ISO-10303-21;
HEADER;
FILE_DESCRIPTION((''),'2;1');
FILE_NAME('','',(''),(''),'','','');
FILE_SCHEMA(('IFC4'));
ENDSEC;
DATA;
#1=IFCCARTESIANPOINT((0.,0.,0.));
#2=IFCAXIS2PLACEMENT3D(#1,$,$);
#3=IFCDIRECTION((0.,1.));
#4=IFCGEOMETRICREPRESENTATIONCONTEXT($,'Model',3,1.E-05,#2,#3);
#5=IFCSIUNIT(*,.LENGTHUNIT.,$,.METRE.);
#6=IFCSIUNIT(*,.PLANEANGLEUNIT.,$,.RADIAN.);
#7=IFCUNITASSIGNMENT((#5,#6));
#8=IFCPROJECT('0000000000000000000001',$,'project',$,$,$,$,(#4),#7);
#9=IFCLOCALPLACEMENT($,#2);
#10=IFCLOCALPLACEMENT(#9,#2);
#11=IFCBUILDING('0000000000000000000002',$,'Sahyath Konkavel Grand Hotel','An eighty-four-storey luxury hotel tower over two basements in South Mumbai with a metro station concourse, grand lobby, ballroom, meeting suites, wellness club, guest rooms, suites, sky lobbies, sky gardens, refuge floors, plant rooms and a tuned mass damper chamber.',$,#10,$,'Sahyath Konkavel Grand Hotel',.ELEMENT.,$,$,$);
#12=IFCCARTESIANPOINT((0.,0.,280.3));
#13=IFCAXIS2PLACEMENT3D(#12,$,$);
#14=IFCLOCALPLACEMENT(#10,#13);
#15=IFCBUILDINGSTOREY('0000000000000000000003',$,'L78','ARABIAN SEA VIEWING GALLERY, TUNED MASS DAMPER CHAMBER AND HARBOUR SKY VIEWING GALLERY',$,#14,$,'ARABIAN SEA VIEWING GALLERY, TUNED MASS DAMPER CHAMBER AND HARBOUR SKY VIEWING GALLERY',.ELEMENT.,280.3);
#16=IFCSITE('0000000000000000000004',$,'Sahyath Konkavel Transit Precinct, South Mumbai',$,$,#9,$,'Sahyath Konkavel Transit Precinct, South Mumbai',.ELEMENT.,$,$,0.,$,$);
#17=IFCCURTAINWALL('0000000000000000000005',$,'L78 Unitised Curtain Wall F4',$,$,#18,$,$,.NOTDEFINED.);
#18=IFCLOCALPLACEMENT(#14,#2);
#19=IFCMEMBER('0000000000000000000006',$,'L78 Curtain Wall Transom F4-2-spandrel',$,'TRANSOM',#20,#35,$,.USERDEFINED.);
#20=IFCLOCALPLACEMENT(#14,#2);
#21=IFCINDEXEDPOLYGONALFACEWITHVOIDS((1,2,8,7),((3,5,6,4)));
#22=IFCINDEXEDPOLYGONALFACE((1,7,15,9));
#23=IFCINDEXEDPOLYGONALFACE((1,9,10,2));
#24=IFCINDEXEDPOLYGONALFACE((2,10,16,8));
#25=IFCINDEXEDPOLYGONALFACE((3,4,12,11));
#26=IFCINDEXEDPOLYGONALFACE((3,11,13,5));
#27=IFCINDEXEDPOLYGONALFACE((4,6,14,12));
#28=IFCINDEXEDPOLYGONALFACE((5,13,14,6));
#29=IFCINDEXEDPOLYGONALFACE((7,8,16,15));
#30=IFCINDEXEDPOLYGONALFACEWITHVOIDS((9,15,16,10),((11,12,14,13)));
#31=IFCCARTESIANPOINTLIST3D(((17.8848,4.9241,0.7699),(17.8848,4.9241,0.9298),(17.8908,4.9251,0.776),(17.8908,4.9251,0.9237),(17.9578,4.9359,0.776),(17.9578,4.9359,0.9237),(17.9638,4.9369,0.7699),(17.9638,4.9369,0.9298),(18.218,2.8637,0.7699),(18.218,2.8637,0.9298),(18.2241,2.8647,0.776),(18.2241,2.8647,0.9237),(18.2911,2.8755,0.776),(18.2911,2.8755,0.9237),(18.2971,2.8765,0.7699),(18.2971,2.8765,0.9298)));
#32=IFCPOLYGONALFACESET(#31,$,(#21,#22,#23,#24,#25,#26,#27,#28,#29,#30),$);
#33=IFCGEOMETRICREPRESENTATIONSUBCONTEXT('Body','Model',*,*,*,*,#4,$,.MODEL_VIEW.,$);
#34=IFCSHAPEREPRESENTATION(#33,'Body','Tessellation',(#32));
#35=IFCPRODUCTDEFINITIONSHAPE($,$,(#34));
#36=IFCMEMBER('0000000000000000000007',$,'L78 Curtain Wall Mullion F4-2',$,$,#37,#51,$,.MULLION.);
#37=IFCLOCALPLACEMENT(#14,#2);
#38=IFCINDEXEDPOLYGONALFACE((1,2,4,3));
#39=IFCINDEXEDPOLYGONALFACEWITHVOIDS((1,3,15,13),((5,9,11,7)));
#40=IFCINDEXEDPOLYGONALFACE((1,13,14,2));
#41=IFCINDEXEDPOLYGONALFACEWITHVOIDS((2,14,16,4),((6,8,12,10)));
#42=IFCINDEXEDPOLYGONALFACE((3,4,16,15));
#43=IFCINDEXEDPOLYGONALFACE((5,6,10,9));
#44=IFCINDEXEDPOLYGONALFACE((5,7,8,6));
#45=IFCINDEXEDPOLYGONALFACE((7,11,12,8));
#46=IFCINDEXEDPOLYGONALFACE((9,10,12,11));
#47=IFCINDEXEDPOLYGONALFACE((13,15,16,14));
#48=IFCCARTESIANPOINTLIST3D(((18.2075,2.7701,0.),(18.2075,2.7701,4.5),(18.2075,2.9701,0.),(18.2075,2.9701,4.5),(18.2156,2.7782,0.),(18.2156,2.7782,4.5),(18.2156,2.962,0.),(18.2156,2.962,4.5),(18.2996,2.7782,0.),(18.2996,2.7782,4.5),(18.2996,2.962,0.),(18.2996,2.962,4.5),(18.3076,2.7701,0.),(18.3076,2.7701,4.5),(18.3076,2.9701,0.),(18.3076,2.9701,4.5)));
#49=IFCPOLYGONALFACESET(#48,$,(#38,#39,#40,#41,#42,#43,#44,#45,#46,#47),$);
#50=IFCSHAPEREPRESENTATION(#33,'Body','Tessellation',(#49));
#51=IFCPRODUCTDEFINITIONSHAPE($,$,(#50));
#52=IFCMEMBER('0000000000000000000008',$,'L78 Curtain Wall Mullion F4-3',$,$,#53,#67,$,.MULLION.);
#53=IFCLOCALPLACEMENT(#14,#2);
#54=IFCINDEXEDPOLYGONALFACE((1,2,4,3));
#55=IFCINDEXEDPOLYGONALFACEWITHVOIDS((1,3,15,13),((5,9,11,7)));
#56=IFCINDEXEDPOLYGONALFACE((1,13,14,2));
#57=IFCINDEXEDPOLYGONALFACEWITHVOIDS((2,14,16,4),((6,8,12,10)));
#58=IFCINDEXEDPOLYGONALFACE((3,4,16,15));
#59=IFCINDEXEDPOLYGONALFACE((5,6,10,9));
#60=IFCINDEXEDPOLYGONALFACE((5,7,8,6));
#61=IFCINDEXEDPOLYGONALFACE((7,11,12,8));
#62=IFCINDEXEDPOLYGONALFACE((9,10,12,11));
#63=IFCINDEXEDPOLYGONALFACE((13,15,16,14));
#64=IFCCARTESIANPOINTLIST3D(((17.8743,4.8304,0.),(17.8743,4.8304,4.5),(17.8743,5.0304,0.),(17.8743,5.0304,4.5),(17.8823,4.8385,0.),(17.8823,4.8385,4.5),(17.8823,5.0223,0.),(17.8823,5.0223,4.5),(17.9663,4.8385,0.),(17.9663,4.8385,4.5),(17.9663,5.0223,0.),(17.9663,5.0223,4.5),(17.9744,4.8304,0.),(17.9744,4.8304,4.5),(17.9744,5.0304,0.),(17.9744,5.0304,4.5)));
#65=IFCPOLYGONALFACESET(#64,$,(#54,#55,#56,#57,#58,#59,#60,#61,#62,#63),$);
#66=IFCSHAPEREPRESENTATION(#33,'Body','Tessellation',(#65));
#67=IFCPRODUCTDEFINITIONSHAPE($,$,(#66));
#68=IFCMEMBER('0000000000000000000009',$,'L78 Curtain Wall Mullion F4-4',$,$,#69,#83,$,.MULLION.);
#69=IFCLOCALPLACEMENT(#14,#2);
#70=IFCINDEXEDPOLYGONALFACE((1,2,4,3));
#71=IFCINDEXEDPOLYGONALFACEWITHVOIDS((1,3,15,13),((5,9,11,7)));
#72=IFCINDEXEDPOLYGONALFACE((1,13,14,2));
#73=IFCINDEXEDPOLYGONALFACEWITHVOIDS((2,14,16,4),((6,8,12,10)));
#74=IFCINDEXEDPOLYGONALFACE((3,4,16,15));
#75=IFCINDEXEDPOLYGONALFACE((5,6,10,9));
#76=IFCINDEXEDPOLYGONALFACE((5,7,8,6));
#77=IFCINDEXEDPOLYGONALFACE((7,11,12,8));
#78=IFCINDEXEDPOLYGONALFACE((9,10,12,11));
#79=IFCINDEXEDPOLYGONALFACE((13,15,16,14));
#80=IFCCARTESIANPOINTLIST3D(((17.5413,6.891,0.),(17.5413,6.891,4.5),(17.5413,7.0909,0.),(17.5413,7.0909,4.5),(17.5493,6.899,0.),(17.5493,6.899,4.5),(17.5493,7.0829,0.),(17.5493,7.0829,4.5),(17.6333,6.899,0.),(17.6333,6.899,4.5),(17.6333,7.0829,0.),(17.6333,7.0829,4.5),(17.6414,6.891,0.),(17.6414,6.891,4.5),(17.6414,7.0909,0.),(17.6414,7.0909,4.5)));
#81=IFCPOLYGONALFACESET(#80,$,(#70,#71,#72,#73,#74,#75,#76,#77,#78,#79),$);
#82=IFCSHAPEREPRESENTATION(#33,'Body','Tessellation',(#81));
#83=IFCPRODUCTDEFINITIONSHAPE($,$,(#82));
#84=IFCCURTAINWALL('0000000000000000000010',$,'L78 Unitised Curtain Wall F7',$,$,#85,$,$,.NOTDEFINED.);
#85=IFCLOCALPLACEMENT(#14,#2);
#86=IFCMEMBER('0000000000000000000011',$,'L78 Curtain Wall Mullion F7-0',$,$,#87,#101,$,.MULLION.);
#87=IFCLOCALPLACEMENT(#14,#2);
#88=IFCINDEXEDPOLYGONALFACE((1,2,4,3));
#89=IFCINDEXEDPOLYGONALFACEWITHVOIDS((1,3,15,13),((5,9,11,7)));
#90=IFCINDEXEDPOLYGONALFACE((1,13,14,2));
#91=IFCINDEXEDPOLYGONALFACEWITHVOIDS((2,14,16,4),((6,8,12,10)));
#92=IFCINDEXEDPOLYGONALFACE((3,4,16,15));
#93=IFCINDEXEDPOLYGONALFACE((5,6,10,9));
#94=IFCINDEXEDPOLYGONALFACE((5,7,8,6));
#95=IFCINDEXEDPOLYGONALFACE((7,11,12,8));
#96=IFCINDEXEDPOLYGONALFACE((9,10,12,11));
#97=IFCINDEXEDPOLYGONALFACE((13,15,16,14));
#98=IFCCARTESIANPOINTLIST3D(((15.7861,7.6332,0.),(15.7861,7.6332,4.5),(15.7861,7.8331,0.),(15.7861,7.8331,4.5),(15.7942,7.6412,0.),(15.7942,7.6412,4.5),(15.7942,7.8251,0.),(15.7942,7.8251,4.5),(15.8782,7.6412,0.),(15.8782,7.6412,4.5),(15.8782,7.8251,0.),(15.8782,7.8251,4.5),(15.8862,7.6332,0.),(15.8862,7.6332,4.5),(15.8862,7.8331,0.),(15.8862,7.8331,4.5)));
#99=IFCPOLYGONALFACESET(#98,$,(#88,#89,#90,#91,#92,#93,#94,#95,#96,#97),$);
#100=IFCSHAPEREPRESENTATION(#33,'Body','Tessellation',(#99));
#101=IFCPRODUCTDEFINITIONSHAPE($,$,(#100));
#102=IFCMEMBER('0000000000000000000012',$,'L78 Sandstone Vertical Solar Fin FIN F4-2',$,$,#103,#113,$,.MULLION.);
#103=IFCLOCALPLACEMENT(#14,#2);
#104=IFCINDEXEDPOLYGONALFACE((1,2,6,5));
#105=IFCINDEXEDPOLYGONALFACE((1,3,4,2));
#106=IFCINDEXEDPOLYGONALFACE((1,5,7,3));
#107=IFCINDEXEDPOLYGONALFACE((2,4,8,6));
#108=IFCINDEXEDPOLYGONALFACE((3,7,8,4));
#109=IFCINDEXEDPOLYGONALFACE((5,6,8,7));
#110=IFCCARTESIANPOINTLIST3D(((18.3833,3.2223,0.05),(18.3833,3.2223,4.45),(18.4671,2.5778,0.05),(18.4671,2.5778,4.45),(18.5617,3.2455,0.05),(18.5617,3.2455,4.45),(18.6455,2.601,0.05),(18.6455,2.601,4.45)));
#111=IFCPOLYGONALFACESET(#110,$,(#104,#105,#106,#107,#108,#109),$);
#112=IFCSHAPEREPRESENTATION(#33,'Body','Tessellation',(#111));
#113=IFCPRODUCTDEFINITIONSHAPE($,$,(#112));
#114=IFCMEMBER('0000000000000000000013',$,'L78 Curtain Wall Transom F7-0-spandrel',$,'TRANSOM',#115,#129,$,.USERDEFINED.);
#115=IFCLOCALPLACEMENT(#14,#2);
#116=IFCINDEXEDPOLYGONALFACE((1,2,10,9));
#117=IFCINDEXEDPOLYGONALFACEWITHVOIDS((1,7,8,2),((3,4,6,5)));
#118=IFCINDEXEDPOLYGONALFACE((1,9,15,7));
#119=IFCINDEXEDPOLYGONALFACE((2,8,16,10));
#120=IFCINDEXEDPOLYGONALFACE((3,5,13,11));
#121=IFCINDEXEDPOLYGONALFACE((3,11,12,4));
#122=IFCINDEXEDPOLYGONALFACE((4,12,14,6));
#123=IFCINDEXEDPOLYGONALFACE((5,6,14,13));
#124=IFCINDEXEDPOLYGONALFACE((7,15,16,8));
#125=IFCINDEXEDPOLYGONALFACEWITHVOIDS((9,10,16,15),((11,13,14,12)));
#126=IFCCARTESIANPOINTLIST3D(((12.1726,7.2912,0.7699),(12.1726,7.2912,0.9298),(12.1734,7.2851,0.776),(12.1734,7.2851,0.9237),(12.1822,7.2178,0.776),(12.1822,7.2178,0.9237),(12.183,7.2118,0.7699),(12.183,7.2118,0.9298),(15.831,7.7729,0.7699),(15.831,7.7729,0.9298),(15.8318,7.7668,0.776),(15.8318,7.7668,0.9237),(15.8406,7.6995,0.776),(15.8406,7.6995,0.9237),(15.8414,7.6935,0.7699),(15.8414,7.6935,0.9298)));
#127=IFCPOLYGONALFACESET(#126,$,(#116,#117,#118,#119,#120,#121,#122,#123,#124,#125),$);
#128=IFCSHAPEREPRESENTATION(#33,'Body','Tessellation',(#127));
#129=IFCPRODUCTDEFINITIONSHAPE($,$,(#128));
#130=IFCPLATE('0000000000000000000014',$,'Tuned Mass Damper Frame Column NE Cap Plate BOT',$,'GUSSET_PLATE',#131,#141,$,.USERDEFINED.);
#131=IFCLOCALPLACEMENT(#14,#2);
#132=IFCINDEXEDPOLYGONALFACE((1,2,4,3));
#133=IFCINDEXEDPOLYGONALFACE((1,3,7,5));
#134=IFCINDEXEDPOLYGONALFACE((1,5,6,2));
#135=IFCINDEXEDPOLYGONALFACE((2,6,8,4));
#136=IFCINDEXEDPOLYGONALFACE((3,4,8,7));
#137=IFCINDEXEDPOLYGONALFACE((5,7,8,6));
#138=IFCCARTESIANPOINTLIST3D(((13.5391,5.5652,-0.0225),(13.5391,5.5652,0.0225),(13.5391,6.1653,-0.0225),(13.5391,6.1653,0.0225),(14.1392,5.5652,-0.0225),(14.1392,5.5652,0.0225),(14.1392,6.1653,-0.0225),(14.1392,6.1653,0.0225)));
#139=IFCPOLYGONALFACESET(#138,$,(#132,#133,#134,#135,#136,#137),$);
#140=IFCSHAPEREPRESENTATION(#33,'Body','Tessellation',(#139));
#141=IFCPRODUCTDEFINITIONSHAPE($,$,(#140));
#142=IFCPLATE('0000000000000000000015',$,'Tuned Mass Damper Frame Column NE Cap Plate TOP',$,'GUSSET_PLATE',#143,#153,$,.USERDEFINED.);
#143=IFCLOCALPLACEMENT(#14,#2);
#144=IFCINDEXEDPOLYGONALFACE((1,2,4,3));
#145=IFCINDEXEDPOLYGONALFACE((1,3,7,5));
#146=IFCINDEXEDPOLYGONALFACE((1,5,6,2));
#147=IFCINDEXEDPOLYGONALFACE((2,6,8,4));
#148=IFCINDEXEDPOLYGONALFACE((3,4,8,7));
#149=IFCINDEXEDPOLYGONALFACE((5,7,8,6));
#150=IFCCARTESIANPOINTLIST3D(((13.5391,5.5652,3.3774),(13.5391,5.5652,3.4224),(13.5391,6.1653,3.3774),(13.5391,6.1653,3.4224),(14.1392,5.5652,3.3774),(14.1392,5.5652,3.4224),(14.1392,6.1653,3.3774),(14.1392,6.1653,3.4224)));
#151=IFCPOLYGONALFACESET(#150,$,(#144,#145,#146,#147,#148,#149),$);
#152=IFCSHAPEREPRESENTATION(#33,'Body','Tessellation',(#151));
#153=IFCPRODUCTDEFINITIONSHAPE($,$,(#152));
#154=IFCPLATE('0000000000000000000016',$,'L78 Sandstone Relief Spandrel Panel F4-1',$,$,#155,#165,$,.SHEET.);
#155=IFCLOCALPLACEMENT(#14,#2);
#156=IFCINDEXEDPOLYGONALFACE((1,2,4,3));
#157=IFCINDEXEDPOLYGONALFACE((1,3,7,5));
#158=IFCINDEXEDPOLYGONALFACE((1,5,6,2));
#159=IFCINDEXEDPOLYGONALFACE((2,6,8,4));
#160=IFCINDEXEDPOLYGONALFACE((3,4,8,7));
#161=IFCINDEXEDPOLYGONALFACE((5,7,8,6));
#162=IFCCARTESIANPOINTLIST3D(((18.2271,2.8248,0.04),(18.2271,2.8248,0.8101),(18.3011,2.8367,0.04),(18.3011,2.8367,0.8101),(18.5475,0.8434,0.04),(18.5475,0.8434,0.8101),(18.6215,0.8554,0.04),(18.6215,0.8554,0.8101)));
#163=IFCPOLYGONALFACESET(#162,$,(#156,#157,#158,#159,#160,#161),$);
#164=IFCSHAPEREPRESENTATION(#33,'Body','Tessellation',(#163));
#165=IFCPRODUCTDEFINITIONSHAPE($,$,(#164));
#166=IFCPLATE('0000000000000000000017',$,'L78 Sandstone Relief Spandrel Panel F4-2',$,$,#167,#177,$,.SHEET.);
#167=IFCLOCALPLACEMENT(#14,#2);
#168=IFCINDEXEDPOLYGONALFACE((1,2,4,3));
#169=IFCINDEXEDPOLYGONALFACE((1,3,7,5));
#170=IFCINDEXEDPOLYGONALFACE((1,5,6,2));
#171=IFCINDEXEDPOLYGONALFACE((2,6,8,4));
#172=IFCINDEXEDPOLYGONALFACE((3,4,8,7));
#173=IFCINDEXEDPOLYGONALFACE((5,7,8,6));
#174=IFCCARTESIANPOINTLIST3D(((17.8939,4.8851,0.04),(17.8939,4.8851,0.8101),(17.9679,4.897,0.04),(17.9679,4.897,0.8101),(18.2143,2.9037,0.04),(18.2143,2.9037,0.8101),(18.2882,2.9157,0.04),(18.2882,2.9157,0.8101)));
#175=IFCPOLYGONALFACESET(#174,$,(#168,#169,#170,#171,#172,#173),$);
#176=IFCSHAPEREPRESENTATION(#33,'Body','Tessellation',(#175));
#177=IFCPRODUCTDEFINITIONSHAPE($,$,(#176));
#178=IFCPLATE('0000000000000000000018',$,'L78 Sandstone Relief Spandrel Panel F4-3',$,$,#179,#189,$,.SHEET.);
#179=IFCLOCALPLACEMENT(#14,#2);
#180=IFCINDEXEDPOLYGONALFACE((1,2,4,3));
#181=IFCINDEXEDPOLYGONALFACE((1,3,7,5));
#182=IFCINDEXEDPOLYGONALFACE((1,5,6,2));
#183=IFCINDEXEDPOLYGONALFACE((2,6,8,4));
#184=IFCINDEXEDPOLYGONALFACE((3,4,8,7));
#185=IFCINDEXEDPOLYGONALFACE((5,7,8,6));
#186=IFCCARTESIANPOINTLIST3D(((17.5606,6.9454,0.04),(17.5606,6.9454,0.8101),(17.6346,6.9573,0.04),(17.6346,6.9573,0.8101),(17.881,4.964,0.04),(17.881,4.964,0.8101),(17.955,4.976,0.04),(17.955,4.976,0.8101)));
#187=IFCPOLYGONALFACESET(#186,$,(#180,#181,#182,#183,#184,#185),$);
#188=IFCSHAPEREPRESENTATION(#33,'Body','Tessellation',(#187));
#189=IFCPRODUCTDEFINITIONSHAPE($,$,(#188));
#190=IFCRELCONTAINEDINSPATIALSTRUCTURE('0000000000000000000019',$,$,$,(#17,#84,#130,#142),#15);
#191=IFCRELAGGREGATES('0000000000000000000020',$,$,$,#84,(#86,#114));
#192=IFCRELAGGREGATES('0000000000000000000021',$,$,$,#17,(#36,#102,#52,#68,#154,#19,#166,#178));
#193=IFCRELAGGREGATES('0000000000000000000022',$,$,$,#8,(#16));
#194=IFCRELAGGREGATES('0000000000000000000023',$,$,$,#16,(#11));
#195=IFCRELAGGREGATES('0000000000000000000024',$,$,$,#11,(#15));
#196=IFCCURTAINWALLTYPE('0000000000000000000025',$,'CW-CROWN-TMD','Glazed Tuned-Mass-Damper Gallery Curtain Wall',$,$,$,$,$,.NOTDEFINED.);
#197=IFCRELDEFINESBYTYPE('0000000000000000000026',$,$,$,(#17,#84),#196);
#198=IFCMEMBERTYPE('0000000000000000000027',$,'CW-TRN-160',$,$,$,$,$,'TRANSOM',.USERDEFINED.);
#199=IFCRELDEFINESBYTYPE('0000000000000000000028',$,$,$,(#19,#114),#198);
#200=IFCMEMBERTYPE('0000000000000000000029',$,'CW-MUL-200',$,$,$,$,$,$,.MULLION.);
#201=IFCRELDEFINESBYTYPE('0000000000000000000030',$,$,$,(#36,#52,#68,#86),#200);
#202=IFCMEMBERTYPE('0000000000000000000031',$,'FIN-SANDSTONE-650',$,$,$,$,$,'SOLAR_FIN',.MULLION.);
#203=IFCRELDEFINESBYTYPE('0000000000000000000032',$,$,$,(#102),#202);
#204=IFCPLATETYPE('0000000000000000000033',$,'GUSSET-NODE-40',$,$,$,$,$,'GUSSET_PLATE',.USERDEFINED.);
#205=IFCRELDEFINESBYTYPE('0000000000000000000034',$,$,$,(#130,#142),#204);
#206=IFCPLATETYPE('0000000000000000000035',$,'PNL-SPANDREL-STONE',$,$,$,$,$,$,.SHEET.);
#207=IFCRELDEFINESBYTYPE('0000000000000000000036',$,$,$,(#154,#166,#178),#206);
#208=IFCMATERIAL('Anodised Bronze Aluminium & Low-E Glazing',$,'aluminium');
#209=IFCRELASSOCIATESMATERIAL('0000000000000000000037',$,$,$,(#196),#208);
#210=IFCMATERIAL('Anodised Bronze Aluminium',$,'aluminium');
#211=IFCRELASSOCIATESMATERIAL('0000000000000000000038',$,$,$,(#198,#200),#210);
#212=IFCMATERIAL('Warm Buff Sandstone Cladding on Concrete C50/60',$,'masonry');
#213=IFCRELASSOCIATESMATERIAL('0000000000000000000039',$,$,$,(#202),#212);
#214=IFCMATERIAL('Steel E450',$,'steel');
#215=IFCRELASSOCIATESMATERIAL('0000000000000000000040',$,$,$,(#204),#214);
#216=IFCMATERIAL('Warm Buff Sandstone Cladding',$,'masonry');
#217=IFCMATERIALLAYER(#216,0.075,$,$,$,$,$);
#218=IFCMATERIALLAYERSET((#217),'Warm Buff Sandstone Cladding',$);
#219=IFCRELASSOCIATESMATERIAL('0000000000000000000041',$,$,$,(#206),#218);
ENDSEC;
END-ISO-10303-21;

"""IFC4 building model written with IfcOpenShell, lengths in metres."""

from ifc_helpers import new_model, si_unit, direction, frame, origin, origin_2d, place, context, subcontext, project, spatial, rectangle, hollow_rectangle, extrude, source, transform, mapped, material, layer, layer_set, material_profile, profile_set, type_object, element, aggregate, save


model = new_model("IFC4")

# Units and contexts
model_context = context("Model", 3, precision=1e-05, world=origin(), true_north=direction((0.0, 1.0)))
body_context = subcontext(model_context, "Body", "Model", "MODEL_VIEW")
ifc_project = project(units=[si_unit("LENGTHUNIT", "METRE"), si_unit("PLANEANGLEUNIT", "RADIAN")], contexts=[model_context])

# Site, building, storey
site_placement = place(None, origin())
site = spatial("IfcSite", under=ifc_project, at=site_placement, Name="Sahyath Konkavel Transit Precinct, South Mumbai", LongName="Sahyath Konkavel Transit Precinct, South Mumbai", CompositionType="ELEMENT", RefElevation=0.0)
building_placement = place(site_placement, origin())
building = spatial("IfcBuilding", under=site, at=building_placement, Name="Sahyath Konkavel Grand Hotel", Description="An eighty-four-storey luxury hotel tower over two basements in South Mumbai with a metro station concourse, grand lobby, ballroom, meeting suites, wellness club, guest rooms, suites, sky lobbies, sky gardens, refuge floors, plant rooms and a tuned mass damper chamber.", LongName="Sahyath Konkavel Grand Hotel", CompositionType="ELEMENT")
storey_placement = place(building_placement, frame((0.0, 0.0, 280.3)))
storey = spatial("IfcBuildingStorey", under=building, at=storey_placement, Name="L78", Description="ARABIAN SEA VIEWING GALLERY, TUNED MASS DAMPER CHAMBER AND HARBOUR SKY VIEWING GALLERY", LongName="ARABIAN SEA VIEWING GALLERY, TUNED MASS DAMPER CHAMBER AND HARBOUR SKY VIEWING GALLERY", CompositionType="ELEMENT", Elevation=280.3)

# Curtain wall, members
ifc_material_1 = material(Name="Anodised Bronze Aluminium & Low-E Glazing", Category="aluminium")
curtain_wall_type = type_object("IfcCurtainWallType", Name="CW-CROWN-TMD", Description="Glazed Tuned-Mass-Damper Gallery Curtain Wall", PredefinedType="NOTDEFINED", material=ifc_material_1)
curtain_wall_1_placement = place(storey_placement, origin())
curtain_wall_1 = element("IfcCurtainWall", 1, at=curtain_wall_1_placement, inside=storey, type_object=curtain_wall_type, Name="L78 Unitised Curtain Wall F4", PredefinedType="NOTDEFINED")
ifc_material_2 = material(Name="Anodised Bronze Aluminium", Category="aluminium")
ifc_material_profile_1 = material_profile(ifc_material_2, hollow_rectangle(XDim=0.0801, YDim=0.1599, WallThickness=0.0061, at=origin_2d()), Name="RHS 160x80x6")
ifc_profile_set_1 = profile_set([ifc_material_profile_1], Name="Anodised Bronze Aluminium")
member_type_1 = type_object("IfcMemberType", Name="CW-TRN-160", ElementType="TRANSOM", PredefinedType="USERDEFINED", material=ifc_profile_set_1)
shared_shape_1 = source(origin(), body_context, "Body", "SweptSolid", [
    extrude(hollow_rectangle(XDim=0.0801, YDim=0.1599, WallThickness=0.0061, at=origin_2d()), origin(), (0.0, 0.0, 1.0), 2.0872),
])
member_1_placement = place(storey_placement, frame((18.2576, 2.8701, 0.8499), z_axis=(-0.159674, 0.98717, 0.0), x_axis=(-0.98717, -0.159674, 0.0)))
member_1 = element("IfcMember", 2, at=member_1_placement, type_object=member_type_1, Name="L78 Curtain Wall Transom F4-2-spandrel", ObjectType="TRANSOM", PredefinedType="USERDEFINED", context=body_context, shape_type="MappedRepresentation", body=[
    mapped(shared_shape_1, transform((0.0, 0.0, 0.0), scale=1.0)),
])
ifc_material_profile_2 = material_profile(ifc_material_2, hollow_rectangle(XDim=0.1001, YDim=0.2, WallThickness=0.0081, at=origin_2d()), Name="RHS 200x100x8")
ifc_profile_set_2 = profile_set([ifc_material_profile_2], Name="Anodised Bronze Aluminium")
member_type_2 = type_object("IfcMemberType", Name="CW-MUL-200", PredefinedType="MULLION", material=ifc_profile_set_2)
shared_shape_2 = source(origin(), body_context, "Body", "SweptSolid", [
    extrude(hollow_rectangle(XDim=0.1001, YDim=0.2, WallThickness=0.0081, at=origin_2d()), origin(), (0.0, 0.0, 1.0), 4.5),
])
member_2_placement = place(storey_placement, frame((18.2576, 2.8701, 0.0), z_axis=(0.0, 0.0, 1.0), x_axis=(1.0, 0.0, 0.0)))
member_2 = element("IfcMember", 3, at=member_2_placement, type_object=member_type_2, Name="L78 Curtain Wall Mullion F4-2", PredefinedType="MULLION", context=body_context, shape_type="MappedRepresentation", body=[
    mapped(shared_shape_2, transform((0.0, 0.0, 0.0), scale=1.0)),
])
member_3_placement = place(storey_placement, frame((17.9243, 4.9304, 0.0), z_axis=(0.0, 0.0, 1.0), x_axis=(1.0, 0.0, 0.0)))
member_3 = element("IfcMember", 4, at=member_3_placement, type_object=member_type_2, Name="L78 Curtain Wall Mullion F4-3", PredefinedType="MULLION", context=body_context, shape_type="MappedRepresentation", body=[
    mapped(shared_shape_2, transform((0.0, 0.0, 0.0), scale=1.0)),
])
member_4_placement = place(storey_placement, frame((17.5913, 6.991, 0.0), z_axis=(0.0, 0.0, 1.0), x_axis=(1.0, 0.0, 0.0)))
member_4 = element("IfcMember", 5, at=member_4_placement, type_object=member_type_2, Name="L78 Curtain Wall Mullion F4-4", PredefinedType="MULLION", context=body_context, shape_type="MappedRepresentation", body=[
    mapped(shared_shape_2, transform((0.0, 0.0, 0.0), scale=1.0)),
])

# Curtain wall, member
curtain_wall_2_placement = place(storey_placement, origin())
curtain_wall_2 = element("IfcCurtainWall", 6, at=curtain_wall_2_placement, inside=storey, type_object=curtain_wall_type, Name="L78 Unitised Curtain Wall F7", PredefinedType="NOTDEFINED")
member_5_placement = place(storey_placement, frame((15.8362, 7.7332, 0.0), z_axis=(0.0, 0.0, 1.0), x_axis=(1.0, 0.0, 0.0)))
member_5 = element("IfcMember", 7, at=member_5_placement, type_object=member_type_2, Name="L78 Curtain Wall Mullion F7-0", PredefinedType="MULLION", context=body_context, shape_type="MappedRepresentation", body=[
    mapped(shared_shape_2, transform((0.0, 0.0, 0.0), scale=1.0)),
])

# Members
ifc_material_3 = material(Name="Warm Buff Sandstone Cladding on Concrete C50/60", Category="masonry")
ifc_material_profile_3 = material_profile(ifc_material_3, rectangle(XDim=0.1799, YDim=0.6499, at=origin_2d()), Name="FIN 180x650")
ifc_profile_set_3 = profile_set([ifc_material_profile_3], Name="Warm Buff Sandstone Cladding on Concrete C50/60")
member_type_3 = type_object("IfcMemberType", Name="FIN-SANDSTONE-650", ElementType="SOLAR_FIN", PredefinedType="MULLION", material=ifc_profile_set_3)
shared_shape_3 = source(origin(), body_context, "Body", "SweptSolid", [
    extrude(rectangle(XDim=0.1799, YDim=0.6499, at=origin_2d()), origin(), (0.0, 0.0, 1.0), 4.3999),
])
member_6_placement = place(storey_placement, frame((18.5144, 2.9116, 0.05), z_axis=(0.0, 0.0, 1.0), x_axis=(0.991649, 0.128969, 0.0)))
member_6 = element("IfcMember", 8, at=member_6_placement, type_object=member_type_3, Name="L78 Sandstone Vertical Solar Fin FIN F4-2", PredefinedType="MULLION", context=body_context, shape_type="MappedRepresentation", body=[
    mapped(shared_shape_3, transform((0.0, 0.0, 0.0), scale=1.0)),
])
shared_shape_4 = source(origin(), body_context, "Body", "SweptSolid", [
    extrude(hollow_rectangle(XDim=0.0801, YDim=0.1599, WallThickness=0.0061, at=origin_2d()), origin(), (0.0, 0.0, 1.0), 3.6899),
])
member_7_placement = place(storey_placement, frame((15.8362, 7.7332, 0.8499), z_axis=(-0.991443, -0.130538, 0.0), x_axis=(0.130538, -0.991443, 0.0)))
member_7 = element("IfcMember", 9, at=member_7_placement, type_object=member_type_1, Name="L78 Curtain Wall Transom F7-0-spandrel", ObjectType="TRANSOM", PredefinedType="USERDEFINED", context=body_context, shape_type="MappedRepresentation", body=[
    mapped(shared_shape_4, transform((0.0, 0.0, 0.0), scale=1.0)),
])

# Plates
ifc_material_4 = material(Name="Steel E450", Category="steel")
plate_type_1 = type_object("IfcPlateType", Name="GUSSET-NODE-40", ElementType="GUSSET_PLATE", PredefinedType="USERDEFINED", material=ifc_material_4)
shared_shape_5 = source(origin(), body_context, "Body", "SweptSolid", [
    extrude(rectangle(XDim=0.6001, YDim=0.6001, at=origin_2d()), origin(), (0.0, 0.0, 1.0), 0.0449),
])
for number, where, z_axis, x_axis, name in (
    (10, (13.8391, 5.8652, -0.0225), (0.0, 0.0, 1.0), (1.0, 0.0, 0.0), "Tuned Mass Damper Frame Column NE Cap Plate BOT"),
    (11, (13.8391, 5.8652, 3.3774), (0.0, 0.0, 1.0), (1.0, 0.0, 0.0), "Tuned Mass Damper Frame Column NE Cap Plate TOP"),
):
    element("IfcPlate", number, at=place(storey_placement, frame(where, z_axis=z_axis, x_axis=x_axis)), inside=storey, type_object=plate_type_1, Name=name, ObjectType="GUSSET_PLATE", PredefinedType="USERDEFINED", context=body_context, shape_type="MappedRepresentation", body=[
        mapped(shared_shape_5, transform((0.0, 0.0, 0.0), scale=1.0)),
    ])

# Plates
ifc_material_5 = material(Name="Warm Buff Sandstone Cladding", Category="masonry")
ifc_layer_1 = layer(ifc_material_5, 0.075)
ifc_layer_set_1 = layer_set([ifc_layer_1], Name="Warm Buff Sandstone Cladding")
plate_type_2 = type_object("IfcPlateType", Name="PNL-SPANDREL-STONE", PredefinedType="SHEET", material=ifc_layer_set_1)
shared_shape_6 = source(origin(), body_context, "Body", "SweptSolid", [
    extrude(rectangle(XDim=2.0071, YDim=0.075, at=origin_2d()), origin(), (0.0, 0.0, 1.0), 0.77),
])
plate_1_placement = place(storey_placement, frame((18.4243, 1.8401, 0.04), z_axis=(0.0, 0.0, 1.0), x_axis=(-0.159623, 0.987178, 0.0)))
plate_1 = element("IfcPlate", 12, at=plate_1_placement, type_object=plate_type_2, Name="L78 Sandstone Relief Spandrel Panel F4-1", PredefinedType="SHEET", context=body_context, shape_type="MappedRepresentation", body=[
    mapped(shared_shape_6, transform((0.0, 0.0, 0.0), scale=1.0)),
])
plate_2_placement = place(storey_placement, frame((18.0911, 3.9004, 0.04), z_axis=(0.0, 0.0, 1.0), x_axis=(-0.159623, 0.987178, 0.0)))
plate_2 = element("IfcPlate", 13, at=plate_2_placement, type_object=plate_type_2, Name="L78 Sandstone Relief Spandrel Panel F4-2", PredefinedType="SHEET", context=body_context, shape_type="MappedRepresentation", body=[
    mapped(shared_shape_6, transform((0.0, 0.0, 0.0), scale=1.0)),
])
plate_3_placement = place(storey_placement, frame((17.7578, 5.9607, 0.04), z_axis=(0.0, 0.0, 1.0), x_axis=(-0.159623, 0.987178, 0.0)))
plate_3 = element("IfcPlate", 14, at=plate_3_placement, type_object=plate_type_2, Name="L78 Sandstone Relief Spandrel Panel F4-3", PredefinedType="SHEET", context=body_context, shape_type="MappedRepresentation", body=[
    mapped(shared_shape_6, transform((0.0, 0.0, 0.0), scale=1.0)),
])
aggregate(curtain_wall_2, [member_5, member_7])
aggregate(curtain_wall_1, [member_2, member_6, member_3, member_4, plate_1, member_1, plate_2, plate_3])

save(model, "model.ifc")
